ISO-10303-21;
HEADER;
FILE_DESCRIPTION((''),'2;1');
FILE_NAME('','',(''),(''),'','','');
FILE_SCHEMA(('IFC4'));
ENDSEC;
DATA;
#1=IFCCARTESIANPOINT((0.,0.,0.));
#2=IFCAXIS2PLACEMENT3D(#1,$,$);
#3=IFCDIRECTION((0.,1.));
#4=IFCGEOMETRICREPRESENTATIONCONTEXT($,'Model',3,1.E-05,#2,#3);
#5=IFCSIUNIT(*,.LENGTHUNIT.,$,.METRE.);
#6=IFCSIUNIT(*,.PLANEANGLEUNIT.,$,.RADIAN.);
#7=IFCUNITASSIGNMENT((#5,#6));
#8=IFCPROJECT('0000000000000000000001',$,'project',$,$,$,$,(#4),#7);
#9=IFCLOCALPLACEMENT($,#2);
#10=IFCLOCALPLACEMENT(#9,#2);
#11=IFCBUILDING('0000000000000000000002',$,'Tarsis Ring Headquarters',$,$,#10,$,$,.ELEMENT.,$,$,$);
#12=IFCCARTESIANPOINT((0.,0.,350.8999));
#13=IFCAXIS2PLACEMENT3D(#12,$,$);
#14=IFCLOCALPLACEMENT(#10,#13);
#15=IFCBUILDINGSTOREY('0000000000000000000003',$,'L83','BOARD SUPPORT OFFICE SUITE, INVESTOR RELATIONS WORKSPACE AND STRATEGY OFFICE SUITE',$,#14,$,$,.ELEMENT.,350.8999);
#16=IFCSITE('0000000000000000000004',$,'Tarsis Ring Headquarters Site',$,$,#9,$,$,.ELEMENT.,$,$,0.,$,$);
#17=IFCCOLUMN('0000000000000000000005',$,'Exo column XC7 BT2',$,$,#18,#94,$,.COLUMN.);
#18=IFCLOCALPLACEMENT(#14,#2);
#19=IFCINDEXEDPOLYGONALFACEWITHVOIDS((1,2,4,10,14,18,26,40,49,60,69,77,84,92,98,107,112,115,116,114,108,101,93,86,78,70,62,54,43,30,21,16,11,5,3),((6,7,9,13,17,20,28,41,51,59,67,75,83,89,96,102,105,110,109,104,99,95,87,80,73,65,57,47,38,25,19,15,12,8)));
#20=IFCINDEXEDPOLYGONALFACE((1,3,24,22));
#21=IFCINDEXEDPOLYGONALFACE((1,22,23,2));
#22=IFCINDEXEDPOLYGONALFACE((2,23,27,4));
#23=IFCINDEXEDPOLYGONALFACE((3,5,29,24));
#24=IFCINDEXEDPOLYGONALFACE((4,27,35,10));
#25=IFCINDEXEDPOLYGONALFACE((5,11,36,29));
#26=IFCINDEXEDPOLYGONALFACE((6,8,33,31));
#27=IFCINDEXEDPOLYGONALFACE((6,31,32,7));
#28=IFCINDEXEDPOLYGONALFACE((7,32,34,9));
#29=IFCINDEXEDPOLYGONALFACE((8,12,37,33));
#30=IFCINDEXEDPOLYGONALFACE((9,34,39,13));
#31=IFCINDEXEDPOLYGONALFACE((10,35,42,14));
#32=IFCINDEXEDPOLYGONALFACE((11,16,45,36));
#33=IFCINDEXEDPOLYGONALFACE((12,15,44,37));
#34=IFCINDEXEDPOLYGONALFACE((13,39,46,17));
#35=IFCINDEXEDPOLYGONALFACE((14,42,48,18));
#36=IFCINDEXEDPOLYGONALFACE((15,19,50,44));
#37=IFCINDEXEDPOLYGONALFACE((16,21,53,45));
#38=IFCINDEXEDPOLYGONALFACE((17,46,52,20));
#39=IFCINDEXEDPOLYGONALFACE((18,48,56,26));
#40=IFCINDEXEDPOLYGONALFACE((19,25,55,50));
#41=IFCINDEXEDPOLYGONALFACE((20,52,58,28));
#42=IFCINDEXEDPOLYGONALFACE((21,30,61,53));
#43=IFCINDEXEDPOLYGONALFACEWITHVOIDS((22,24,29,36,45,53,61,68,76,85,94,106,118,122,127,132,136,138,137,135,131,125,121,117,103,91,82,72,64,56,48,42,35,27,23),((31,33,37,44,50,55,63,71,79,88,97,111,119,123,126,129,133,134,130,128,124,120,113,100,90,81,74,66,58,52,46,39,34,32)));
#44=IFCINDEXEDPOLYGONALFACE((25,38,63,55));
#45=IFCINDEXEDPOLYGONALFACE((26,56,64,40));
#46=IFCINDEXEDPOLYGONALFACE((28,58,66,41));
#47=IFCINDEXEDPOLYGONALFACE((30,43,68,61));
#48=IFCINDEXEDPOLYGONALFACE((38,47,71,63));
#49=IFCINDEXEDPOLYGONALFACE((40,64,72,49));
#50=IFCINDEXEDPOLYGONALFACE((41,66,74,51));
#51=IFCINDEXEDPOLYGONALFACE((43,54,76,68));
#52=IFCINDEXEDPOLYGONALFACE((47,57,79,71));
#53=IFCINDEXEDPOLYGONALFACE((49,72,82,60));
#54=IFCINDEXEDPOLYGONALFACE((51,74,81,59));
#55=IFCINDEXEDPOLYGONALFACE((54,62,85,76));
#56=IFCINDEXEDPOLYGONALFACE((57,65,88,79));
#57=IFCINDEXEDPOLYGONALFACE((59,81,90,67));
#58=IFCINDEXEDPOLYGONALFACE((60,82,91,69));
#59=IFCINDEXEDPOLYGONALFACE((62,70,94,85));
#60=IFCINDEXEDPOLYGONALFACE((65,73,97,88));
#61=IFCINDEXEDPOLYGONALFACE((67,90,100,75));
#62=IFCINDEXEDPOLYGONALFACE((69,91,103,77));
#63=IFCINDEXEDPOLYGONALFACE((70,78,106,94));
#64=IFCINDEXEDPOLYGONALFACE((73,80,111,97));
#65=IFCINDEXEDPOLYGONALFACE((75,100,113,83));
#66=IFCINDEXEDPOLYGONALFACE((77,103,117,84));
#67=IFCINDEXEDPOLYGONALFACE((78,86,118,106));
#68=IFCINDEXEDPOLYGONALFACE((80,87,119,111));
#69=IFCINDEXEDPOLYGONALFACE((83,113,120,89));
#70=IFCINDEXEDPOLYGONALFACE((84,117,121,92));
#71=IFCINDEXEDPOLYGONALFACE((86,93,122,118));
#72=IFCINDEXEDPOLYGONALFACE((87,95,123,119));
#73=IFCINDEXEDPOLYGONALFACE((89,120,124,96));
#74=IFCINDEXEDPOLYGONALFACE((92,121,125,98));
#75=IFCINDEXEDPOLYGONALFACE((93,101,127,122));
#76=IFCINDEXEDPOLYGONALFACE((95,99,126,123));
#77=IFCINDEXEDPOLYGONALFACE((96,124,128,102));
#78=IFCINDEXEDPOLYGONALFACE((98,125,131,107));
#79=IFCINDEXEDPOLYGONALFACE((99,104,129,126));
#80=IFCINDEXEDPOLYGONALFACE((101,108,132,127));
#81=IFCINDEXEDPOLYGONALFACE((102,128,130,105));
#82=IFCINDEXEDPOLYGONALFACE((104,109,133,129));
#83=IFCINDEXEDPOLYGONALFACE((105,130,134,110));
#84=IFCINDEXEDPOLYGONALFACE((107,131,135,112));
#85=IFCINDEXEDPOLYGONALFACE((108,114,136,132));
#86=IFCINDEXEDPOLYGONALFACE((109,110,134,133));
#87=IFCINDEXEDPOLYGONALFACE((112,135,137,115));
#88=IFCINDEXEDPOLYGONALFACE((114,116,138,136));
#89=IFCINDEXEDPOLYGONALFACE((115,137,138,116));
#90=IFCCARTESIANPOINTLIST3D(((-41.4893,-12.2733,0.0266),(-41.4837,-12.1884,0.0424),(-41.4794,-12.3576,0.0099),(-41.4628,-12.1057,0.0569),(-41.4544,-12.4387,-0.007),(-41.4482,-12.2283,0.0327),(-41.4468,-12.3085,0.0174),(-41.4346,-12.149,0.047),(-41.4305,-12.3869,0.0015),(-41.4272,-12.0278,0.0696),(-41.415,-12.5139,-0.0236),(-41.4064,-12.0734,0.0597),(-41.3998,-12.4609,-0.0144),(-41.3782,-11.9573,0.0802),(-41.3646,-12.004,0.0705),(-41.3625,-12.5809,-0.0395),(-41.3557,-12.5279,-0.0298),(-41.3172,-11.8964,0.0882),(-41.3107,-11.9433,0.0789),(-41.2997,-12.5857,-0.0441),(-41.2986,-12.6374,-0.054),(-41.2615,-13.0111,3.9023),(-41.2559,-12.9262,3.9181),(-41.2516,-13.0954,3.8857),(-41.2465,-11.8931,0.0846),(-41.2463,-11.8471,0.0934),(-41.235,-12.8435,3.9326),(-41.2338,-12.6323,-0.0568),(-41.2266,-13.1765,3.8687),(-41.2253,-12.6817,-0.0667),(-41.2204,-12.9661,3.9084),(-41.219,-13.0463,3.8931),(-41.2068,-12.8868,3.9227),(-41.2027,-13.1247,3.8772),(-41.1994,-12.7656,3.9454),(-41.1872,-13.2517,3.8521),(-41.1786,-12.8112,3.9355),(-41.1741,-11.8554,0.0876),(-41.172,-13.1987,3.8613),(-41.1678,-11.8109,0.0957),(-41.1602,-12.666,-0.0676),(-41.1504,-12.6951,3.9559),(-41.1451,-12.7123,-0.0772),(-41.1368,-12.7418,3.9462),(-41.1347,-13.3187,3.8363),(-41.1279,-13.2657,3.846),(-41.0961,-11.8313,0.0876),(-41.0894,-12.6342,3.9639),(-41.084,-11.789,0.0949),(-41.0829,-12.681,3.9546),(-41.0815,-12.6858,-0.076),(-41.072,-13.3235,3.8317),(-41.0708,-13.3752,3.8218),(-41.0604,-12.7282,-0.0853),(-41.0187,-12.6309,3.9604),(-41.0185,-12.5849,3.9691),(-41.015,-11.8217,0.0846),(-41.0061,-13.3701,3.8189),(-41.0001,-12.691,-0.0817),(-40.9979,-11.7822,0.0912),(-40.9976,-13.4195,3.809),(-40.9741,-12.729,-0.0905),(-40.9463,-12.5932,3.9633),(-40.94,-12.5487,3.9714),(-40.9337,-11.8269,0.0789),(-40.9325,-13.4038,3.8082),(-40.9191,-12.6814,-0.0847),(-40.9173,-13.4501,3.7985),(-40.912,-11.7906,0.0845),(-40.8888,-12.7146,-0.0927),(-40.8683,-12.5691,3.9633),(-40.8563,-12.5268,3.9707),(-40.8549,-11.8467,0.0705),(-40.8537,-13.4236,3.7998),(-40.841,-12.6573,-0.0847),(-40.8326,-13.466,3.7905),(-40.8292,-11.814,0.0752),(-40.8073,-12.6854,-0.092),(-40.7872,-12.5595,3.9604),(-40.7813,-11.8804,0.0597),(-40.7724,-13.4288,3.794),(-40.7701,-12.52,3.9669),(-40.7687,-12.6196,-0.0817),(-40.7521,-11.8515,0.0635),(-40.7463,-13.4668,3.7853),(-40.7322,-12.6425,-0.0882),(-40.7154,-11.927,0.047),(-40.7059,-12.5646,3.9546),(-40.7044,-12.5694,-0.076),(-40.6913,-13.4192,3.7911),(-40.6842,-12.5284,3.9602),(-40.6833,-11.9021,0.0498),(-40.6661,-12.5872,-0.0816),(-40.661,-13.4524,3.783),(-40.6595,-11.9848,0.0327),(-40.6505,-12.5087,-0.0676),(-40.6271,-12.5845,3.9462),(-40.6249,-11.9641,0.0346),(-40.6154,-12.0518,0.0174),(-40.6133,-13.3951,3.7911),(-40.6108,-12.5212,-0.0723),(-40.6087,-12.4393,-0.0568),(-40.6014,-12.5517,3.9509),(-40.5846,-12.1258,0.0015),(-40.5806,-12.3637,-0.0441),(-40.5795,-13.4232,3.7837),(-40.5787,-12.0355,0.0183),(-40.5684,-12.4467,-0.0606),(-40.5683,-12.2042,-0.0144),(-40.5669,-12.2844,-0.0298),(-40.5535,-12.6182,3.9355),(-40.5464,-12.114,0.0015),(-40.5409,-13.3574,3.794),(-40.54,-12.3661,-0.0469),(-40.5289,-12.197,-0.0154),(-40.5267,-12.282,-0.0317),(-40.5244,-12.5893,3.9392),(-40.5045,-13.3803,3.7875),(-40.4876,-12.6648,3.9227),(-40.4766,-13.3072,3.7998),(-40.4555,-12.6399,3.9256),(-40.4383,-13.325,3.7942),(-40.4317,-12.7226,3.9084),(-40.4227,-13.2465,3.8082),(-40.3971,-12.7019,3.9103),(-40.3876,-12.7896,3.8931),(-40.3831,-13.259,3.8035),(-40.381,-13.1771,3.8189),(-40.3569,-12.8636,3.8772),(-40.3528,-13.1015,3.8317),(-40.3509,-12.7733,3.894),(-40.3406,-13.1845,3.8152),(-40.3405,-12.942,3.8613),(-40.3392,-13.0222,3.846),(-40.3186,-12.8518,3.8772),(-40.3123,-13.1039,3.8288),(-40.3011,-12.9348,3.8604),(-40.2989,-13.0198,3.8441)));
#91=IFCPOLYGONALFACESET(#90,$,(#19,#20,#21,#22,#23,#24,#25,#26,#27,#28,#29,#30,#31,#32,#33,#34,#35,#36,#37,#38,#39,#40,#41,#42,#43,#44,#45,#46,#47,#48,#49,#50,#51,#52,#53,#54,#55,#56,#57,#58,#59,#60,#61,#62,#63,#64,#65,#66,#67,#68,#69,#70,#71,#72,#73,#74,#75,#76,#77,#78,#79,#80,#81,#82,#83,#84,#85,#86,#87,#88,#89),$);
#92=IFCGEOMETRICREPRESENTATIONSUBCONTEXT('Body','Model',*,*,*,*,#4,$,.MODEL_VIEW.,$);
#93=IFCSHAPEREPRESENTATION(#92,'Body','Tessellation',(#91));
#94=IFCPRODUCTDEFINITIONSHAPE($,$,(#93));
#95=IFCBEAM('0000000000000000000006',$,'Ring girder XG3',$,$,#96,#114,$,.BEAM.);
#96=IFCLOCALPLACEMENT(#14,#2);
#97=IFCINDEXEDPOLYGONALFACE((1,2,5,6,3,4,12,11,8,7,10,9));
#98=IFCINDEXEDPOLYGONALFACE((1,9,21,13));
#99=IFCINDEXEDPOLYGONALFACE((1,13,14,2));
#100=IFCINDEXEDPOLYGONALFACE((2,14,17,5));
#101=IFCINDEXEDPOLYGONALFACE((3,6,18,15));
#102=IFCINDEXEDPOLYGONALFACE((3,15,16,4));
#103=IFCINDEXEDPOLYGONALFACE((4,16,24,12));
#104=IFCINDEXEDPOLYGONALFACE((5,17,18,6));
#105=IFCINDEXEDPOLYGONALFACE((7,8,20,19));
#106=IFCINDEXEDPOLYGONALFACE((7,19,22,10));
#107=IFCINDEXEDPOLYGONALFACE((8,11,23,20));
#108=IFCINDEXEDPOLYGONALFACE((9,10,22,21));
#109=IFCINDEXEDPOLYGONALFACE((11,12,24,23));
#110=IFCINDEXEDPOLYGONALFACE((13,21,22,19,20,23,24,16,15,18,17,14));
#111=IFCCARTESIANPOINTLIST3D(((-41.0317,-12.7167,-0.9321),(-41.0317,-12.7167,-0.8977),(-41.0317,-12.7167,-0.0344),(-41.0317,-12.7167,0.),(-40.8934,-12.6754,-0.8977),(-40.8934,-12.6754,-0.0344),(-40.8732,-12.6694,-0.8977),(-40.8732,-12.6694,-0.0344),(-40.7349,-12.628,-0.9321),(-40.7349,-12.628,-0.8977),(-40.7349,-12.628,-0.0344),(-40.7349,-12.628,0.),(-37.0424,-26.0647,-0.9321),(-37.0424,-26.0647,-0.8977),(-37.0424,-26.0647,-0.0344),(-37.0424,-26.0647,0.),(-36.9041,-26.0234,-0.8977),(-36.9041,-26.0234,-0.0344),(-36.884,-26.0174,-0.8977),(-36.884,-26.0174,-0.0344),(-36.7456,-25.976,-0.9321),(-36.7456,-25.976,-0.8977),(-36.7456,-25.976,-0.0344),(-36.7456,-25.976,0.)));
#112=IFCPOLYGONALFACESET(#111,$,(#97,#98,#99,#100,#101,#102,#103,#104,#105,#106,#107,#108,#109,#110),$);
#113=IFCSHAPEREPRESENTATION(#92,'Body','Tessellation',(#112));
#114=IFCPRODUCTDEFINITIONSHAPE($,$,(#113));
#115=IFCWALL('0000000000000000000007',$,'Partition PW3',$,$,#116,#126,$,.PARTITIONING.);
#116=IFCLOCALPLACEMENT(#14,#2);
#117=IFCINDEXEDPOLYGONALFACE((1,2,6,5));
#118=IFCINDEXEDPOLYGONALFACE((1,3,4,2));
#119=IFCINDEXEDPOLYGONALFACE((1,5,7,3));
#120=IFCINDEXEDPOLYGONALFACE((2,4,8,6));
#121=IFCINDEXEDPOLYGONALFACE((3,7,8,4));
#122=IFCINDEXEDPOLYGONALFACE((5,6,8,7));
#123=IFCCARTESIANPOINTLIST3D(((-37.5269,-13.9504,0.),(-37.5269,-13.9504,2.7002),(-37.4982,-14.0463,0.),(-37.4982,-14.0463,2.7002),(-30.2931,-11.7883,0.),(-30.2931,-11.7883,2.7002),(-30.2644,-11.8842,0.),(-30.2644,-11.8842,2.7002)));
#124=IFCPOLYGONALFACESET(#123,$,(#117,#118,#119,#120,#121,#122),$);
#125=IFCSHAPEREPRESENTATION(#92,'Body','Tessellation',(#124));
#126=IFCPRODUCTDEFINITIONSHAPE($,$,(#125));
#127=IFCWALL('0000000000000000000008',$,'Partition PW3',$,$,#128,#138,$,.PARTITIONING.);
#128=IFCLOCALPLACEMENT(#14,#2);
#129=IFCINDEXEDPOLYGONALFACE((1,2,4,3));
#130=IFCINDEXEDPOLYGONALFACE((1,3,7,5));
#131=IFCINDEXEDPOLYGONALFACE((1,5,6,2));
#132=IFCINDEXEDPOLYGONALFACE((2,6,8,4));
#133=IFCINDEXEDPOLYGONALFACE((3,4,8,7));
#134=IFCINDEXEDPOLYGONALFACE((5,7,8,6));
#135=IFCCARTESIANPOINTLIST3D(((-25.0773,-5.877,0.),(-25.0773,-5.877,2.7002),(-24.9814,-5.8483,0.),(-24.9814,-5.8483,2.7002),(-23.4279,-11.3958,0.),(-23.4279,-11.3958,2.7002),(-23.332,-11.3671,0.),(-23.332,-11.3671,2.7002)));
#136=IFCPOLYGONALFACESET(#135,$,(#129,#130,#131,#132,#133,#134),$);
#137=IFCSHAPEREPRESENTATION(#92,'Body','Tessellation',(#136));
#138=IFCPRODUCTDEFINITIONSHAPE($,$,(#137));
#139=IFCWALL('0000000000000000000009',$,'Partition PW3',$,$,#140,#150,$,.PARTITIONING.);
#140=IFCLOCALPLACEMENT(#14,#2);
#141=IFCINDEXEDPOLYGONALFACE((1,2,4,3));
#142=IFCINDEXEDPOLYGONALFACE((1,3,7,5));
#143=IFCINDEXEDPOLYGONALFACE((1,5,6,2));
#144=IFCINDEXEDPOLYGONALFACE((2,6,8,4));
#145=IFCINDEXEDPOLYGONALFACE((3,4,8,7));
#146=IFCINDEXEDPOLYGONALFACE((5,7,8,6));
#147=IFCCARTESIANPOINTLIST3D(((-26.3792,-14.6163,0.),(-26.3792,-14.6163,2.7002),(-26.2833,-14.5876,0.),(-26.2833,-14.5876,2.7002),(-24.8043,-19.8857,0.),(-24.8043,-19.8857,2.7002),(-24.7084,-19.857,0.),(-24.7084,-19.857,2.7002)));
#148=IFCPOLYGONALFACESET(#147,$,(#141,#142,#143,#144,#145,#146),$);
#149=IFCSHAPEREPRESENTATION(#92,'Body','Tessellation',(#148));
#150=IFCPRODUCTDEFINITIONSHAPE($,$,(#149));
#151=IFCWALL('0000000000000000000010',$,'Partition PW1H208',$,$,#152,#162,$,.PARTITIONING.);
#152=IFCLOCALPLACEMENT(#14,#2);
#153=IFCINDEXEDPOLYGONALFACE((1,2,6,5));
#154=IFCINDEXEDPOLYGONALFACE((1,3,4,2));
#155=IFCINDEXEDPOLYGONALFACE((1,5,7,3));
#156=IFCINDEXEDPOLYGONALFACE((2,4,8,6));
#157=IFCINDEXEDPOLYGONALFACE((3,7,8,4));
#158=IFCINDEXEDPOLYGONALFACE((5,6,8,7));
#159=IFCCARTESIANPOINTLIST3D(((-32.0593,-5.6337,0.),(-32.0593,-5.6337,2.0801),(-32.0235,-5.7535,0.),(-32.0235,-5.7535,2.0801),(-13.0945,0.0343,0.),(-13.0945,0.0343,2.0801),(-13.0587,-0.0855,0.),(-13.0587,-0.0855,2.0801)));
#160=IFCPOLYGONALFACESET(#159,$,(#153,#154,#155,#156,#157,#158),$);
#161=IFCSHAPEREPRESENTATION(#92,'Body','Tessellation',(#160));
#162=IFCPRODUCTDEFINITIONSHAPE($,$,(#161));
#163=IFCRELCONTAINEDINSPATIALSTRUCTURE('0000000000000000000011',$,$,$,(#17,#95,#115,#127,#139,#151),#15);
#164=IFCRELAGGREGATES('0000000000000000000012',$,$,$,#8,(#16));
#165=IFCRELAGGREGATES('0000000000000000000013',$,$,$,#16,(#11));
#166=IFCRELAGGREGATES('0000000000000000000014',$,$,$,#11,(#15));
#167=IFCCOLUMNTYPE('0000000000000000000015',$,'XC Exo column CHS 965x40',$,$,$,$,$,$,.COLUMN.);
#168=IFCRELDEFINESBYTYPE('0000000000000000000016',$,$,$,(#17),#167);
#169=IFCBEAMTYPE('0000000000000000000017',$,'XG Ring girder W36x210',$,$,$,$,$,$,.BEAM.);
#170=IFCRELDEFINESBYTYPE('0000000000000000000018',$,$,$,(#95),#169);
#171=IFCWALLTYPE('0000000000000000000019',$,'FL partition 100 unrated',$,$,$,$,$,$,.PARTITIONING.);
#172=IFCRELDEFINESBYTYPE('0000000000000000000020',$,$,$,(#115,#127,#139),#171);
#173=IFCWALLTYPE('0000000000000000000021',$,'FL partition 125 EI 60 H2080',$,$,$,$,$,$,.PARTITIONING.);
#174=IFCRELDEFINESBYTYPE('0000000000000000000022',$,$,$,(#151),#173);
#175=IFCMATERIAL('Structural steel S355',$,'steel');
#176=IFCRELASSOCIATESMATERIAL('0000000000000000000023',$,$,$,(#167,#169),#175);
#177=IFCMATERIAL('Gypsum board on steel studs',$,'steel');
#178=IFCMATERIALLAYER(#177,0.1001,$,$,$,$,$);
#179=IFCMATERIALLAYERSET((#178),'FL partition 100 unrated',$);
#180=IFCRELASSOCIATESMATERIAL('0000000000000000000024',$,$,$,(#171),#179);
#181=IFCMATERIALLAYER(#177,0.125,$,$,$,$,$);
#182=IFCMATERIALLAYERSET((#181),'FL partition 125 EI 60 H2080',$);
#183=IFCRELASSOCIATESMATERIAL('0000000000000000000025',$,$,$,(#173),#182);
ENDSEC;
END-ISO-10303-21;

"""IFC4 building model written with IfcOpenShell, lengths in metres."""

from ifc_helpers import new_model, si_unit, direction, frame, frame_2d, origin, origin_2d, place, context, subcontext, project, spatial, rectangle, hollow_circle, i_section, extrude, material, layer, layer_set, material_profile, profile_set, type_object, element, save


model = new_model("IFC4")

# Units and contexts
model_context = context("Model", 3, precision=1e-05, world=origin(), true_north=direction((0.0, 1.0)))
body_context = subcontext(model_context, "Body", "Model", "MODEL_VIEW")
ifc_project = project(units=[si_unit("LENGTHUNIT", "METRE"), si_unit("PLANEANGLEUNIT", "RADIAN")], contexts=[model_context])

# Site, building, storey
site_placement = place(None, origin())
site = spatial("IfcSite", under=ifc_project, at=site_placement, Name="Tarsis Ring Headquarters Site", CompositionType="ELEMENT", RefElevation=0.0)
building_placement = place(site_placement, origin())
building = spatial("IfcBuilding", under=site, at=building_placement, Name="Tarsis Ring Headquarters", CompositionType="ELEMENT")
storey_placement = place(building_placement, frame((0.0, 0.0, 350.8999)))
storey = spatial("IfcBuildingStorey", under=building, at=storey_placement, Name="L83", Description="BOARD SUPPORT OFFICE SUITE, INVESTOR RELATIONS WORKSPACE AND STRATEGY OFFICE SUITE", CompositionType="ELEMENT", Elevation=350.8999)

# Column
ifc_material_1 = material(Name="Structural steel S355", Category="steel")
ifc_material_profile_1 = material_profile(ifc_material_1, hollow_circle(Radius=0.4827, WallThickness=0.04, at=origin_2d()), Name="CHS 965x40")
ifc_profile_set_1 = profile_set([ifc_material_profile_1], Name="Structural steel S355")
column_type = type_object("IfcColumnType", Name="XC Exo column CHS 965x40", PredefinedType="COLUMN", material=ifc_profile_set_1)
column_placement = place(storey_placement, frame((-41.0076, -12.2563, 0.0015), z_axis=(0.057639, -0.186693, 0.980726), x_axis=(0.955498, 0.294997, 0.0)))
element("IfcColumn", 1, at=column_placement, inside=storey, type_object=column_type, Name="Exo column XC7 BT2", PredefinedType="COLUMN", context=body_context, shape_type="SweptSolid", body=[
    extrude(hollow_circle(Radius=0.4827, WallThickness=0.04, at=origin_2d()), origin(), (0.0, 0.0, 1.0), 3.9519),
])

# Beam
ifc_material_profile_2 = material_profile(ifc_material_1, i_section(OverallWidth=0.3098, OverallDepth=0.9321, WebThickness=0.021, FlangeThickness=0.0344, at=origin_2d()), Name="W36x210")
ifc_profile_set_2 = profile_set([ifc_material_profile_2], Name="Structural steel S355")
beam_type = type_object("IfcBeamType", Name="XG Ring girder W36x210", PredefinedType="BEAM", material=ifc_profile_set_2)
beam_placement = place(storey_placement, frame((-40.8833, -12.6724, -0.4661), z_axis=(0.286353, -0.958124, 0.0), x_axis=(0.958124, 0.286353, 0.0)))
element("IfcBeam", 2, at=beam_placement, inside=storey, type_object=beam_type, Name="Ring girder XG3", PredefinedType="BEAM", context=body_context, shape_type="SweptSolid", body=[
    extrude(i_section(OverallWidth=0.3098, OverallDepth=0.9321, WebThickness=0.021, FlangeThickness=0.0344, at=origin_2d()), origin(), (0.0, 0.0, 1.0), 13.9314),
])

# Walls
ifc_material_2 = material(Name="Gypsum board on steel studs", Category="steel")
ifc_layer_1 = layer(ifc_material_2, 0.1001)
ifc_layer_set_1 = layer_set([ifc_layer_1], Name="FL partition 100 unrated")
wall_type_1 = type_object("IfcWallType", Name="FL partition 100 unrated", PredefinedType="PARTITIONING", material=ifc_layer_set_1)
wall_1_placement = place(storey_placement, frame((-37.5125, -13.9983, 0.0), z_axis=(0.0, 0.0, 1.0), x_axis=(0.958119, 0.286369, 0.0)))
element("IfcWall", 3, at=wall_1_placement, inside=storey, type_object=wall_type_1, Name="Partition PW3", PredefinedType="PARTITIONING", context=body_context, shape_type="SweptSolid", body=[
    extrude(rectangle(XDim=7.55, YDim=0.1001, at=frame_2d((3.7749, 0.0))), origin(), (0.0, 0.0, 1.0), 2.7002),
])
wall_2_placement = place(storey_placement, frame((-25.0293, -5.8628, 0.0), z_axis=(0.0, 0.0, 1.0), x_axis=(0.286356, -0.958123, 0.0)))
element("IfcWall", 4, at=wall_2_placement, inside=storey, type_object=wall_type_1, Name="Partition PW3", PredefinedType="PARTITIONING", context=body_context, shape_type="SweptSolid", body=[
    extrude(rectangle(XDim=5.76, YDim=0.1001, at=frame_2d((2.8799, 0.0))), origin(), (0.0, 0.0, 1.0), 2.7002),
])
wall_3_placement = place(storey_placement, frame((-26.3313, -14.6018, 0.0), z_axis=(0.0, 0.0, 1.0), x_axis=(0.286362, -0.958121, 0.0)))
element("IfcWall", 5, at=wall_3_placement, inside=storey, type_object=wall_type_1, Name="Partition PW3", PredefinedType="PARTITIONING", context=body_context, shape_type="SweptSolid", body=[
    extrude(rectangle(XDim=5.4998, YDim=0.1001, at=frame_2d((2.75, 0.0))), origin(), (0.0, 0.0, 1.0), 2.7002),
])
ifc_layer_2 = layer(ifc_material_2, 0.125)
ifc_layer_set_2 = layer_set([ifc_layer_2], Name="FL partition 125 EI 60 H2080")
wall_type_2 = type_object("IfcWallType", Name="FL partition 125 EI 60 H2080", PredefinedType="PARTITIONING", material=ifc_layer_set_2)
wall_4_placement = place(storey_placement, frame((-32.0415, -5.6936, 0.0), z_axis=(0.0, 0.0, 1.0), x_axis=(0.958125, 0.286352, 0.0)))
element("IfcWall", 6, at=wall_4_placement, inside=storey, type_object=wall_type_2, Name="Partition PW1H208", PredefinedType="PARTITIONING", context=body_context, shape_type="SweptSolid", body=[
    extrude(rectangle(XDim=19.7937, YDim=0.125, at=frame_2d((9.897, 0.0))), origin(), (0.0, 0.0, 1.0), 2.0801),
])

save(model, "model.ifc")
